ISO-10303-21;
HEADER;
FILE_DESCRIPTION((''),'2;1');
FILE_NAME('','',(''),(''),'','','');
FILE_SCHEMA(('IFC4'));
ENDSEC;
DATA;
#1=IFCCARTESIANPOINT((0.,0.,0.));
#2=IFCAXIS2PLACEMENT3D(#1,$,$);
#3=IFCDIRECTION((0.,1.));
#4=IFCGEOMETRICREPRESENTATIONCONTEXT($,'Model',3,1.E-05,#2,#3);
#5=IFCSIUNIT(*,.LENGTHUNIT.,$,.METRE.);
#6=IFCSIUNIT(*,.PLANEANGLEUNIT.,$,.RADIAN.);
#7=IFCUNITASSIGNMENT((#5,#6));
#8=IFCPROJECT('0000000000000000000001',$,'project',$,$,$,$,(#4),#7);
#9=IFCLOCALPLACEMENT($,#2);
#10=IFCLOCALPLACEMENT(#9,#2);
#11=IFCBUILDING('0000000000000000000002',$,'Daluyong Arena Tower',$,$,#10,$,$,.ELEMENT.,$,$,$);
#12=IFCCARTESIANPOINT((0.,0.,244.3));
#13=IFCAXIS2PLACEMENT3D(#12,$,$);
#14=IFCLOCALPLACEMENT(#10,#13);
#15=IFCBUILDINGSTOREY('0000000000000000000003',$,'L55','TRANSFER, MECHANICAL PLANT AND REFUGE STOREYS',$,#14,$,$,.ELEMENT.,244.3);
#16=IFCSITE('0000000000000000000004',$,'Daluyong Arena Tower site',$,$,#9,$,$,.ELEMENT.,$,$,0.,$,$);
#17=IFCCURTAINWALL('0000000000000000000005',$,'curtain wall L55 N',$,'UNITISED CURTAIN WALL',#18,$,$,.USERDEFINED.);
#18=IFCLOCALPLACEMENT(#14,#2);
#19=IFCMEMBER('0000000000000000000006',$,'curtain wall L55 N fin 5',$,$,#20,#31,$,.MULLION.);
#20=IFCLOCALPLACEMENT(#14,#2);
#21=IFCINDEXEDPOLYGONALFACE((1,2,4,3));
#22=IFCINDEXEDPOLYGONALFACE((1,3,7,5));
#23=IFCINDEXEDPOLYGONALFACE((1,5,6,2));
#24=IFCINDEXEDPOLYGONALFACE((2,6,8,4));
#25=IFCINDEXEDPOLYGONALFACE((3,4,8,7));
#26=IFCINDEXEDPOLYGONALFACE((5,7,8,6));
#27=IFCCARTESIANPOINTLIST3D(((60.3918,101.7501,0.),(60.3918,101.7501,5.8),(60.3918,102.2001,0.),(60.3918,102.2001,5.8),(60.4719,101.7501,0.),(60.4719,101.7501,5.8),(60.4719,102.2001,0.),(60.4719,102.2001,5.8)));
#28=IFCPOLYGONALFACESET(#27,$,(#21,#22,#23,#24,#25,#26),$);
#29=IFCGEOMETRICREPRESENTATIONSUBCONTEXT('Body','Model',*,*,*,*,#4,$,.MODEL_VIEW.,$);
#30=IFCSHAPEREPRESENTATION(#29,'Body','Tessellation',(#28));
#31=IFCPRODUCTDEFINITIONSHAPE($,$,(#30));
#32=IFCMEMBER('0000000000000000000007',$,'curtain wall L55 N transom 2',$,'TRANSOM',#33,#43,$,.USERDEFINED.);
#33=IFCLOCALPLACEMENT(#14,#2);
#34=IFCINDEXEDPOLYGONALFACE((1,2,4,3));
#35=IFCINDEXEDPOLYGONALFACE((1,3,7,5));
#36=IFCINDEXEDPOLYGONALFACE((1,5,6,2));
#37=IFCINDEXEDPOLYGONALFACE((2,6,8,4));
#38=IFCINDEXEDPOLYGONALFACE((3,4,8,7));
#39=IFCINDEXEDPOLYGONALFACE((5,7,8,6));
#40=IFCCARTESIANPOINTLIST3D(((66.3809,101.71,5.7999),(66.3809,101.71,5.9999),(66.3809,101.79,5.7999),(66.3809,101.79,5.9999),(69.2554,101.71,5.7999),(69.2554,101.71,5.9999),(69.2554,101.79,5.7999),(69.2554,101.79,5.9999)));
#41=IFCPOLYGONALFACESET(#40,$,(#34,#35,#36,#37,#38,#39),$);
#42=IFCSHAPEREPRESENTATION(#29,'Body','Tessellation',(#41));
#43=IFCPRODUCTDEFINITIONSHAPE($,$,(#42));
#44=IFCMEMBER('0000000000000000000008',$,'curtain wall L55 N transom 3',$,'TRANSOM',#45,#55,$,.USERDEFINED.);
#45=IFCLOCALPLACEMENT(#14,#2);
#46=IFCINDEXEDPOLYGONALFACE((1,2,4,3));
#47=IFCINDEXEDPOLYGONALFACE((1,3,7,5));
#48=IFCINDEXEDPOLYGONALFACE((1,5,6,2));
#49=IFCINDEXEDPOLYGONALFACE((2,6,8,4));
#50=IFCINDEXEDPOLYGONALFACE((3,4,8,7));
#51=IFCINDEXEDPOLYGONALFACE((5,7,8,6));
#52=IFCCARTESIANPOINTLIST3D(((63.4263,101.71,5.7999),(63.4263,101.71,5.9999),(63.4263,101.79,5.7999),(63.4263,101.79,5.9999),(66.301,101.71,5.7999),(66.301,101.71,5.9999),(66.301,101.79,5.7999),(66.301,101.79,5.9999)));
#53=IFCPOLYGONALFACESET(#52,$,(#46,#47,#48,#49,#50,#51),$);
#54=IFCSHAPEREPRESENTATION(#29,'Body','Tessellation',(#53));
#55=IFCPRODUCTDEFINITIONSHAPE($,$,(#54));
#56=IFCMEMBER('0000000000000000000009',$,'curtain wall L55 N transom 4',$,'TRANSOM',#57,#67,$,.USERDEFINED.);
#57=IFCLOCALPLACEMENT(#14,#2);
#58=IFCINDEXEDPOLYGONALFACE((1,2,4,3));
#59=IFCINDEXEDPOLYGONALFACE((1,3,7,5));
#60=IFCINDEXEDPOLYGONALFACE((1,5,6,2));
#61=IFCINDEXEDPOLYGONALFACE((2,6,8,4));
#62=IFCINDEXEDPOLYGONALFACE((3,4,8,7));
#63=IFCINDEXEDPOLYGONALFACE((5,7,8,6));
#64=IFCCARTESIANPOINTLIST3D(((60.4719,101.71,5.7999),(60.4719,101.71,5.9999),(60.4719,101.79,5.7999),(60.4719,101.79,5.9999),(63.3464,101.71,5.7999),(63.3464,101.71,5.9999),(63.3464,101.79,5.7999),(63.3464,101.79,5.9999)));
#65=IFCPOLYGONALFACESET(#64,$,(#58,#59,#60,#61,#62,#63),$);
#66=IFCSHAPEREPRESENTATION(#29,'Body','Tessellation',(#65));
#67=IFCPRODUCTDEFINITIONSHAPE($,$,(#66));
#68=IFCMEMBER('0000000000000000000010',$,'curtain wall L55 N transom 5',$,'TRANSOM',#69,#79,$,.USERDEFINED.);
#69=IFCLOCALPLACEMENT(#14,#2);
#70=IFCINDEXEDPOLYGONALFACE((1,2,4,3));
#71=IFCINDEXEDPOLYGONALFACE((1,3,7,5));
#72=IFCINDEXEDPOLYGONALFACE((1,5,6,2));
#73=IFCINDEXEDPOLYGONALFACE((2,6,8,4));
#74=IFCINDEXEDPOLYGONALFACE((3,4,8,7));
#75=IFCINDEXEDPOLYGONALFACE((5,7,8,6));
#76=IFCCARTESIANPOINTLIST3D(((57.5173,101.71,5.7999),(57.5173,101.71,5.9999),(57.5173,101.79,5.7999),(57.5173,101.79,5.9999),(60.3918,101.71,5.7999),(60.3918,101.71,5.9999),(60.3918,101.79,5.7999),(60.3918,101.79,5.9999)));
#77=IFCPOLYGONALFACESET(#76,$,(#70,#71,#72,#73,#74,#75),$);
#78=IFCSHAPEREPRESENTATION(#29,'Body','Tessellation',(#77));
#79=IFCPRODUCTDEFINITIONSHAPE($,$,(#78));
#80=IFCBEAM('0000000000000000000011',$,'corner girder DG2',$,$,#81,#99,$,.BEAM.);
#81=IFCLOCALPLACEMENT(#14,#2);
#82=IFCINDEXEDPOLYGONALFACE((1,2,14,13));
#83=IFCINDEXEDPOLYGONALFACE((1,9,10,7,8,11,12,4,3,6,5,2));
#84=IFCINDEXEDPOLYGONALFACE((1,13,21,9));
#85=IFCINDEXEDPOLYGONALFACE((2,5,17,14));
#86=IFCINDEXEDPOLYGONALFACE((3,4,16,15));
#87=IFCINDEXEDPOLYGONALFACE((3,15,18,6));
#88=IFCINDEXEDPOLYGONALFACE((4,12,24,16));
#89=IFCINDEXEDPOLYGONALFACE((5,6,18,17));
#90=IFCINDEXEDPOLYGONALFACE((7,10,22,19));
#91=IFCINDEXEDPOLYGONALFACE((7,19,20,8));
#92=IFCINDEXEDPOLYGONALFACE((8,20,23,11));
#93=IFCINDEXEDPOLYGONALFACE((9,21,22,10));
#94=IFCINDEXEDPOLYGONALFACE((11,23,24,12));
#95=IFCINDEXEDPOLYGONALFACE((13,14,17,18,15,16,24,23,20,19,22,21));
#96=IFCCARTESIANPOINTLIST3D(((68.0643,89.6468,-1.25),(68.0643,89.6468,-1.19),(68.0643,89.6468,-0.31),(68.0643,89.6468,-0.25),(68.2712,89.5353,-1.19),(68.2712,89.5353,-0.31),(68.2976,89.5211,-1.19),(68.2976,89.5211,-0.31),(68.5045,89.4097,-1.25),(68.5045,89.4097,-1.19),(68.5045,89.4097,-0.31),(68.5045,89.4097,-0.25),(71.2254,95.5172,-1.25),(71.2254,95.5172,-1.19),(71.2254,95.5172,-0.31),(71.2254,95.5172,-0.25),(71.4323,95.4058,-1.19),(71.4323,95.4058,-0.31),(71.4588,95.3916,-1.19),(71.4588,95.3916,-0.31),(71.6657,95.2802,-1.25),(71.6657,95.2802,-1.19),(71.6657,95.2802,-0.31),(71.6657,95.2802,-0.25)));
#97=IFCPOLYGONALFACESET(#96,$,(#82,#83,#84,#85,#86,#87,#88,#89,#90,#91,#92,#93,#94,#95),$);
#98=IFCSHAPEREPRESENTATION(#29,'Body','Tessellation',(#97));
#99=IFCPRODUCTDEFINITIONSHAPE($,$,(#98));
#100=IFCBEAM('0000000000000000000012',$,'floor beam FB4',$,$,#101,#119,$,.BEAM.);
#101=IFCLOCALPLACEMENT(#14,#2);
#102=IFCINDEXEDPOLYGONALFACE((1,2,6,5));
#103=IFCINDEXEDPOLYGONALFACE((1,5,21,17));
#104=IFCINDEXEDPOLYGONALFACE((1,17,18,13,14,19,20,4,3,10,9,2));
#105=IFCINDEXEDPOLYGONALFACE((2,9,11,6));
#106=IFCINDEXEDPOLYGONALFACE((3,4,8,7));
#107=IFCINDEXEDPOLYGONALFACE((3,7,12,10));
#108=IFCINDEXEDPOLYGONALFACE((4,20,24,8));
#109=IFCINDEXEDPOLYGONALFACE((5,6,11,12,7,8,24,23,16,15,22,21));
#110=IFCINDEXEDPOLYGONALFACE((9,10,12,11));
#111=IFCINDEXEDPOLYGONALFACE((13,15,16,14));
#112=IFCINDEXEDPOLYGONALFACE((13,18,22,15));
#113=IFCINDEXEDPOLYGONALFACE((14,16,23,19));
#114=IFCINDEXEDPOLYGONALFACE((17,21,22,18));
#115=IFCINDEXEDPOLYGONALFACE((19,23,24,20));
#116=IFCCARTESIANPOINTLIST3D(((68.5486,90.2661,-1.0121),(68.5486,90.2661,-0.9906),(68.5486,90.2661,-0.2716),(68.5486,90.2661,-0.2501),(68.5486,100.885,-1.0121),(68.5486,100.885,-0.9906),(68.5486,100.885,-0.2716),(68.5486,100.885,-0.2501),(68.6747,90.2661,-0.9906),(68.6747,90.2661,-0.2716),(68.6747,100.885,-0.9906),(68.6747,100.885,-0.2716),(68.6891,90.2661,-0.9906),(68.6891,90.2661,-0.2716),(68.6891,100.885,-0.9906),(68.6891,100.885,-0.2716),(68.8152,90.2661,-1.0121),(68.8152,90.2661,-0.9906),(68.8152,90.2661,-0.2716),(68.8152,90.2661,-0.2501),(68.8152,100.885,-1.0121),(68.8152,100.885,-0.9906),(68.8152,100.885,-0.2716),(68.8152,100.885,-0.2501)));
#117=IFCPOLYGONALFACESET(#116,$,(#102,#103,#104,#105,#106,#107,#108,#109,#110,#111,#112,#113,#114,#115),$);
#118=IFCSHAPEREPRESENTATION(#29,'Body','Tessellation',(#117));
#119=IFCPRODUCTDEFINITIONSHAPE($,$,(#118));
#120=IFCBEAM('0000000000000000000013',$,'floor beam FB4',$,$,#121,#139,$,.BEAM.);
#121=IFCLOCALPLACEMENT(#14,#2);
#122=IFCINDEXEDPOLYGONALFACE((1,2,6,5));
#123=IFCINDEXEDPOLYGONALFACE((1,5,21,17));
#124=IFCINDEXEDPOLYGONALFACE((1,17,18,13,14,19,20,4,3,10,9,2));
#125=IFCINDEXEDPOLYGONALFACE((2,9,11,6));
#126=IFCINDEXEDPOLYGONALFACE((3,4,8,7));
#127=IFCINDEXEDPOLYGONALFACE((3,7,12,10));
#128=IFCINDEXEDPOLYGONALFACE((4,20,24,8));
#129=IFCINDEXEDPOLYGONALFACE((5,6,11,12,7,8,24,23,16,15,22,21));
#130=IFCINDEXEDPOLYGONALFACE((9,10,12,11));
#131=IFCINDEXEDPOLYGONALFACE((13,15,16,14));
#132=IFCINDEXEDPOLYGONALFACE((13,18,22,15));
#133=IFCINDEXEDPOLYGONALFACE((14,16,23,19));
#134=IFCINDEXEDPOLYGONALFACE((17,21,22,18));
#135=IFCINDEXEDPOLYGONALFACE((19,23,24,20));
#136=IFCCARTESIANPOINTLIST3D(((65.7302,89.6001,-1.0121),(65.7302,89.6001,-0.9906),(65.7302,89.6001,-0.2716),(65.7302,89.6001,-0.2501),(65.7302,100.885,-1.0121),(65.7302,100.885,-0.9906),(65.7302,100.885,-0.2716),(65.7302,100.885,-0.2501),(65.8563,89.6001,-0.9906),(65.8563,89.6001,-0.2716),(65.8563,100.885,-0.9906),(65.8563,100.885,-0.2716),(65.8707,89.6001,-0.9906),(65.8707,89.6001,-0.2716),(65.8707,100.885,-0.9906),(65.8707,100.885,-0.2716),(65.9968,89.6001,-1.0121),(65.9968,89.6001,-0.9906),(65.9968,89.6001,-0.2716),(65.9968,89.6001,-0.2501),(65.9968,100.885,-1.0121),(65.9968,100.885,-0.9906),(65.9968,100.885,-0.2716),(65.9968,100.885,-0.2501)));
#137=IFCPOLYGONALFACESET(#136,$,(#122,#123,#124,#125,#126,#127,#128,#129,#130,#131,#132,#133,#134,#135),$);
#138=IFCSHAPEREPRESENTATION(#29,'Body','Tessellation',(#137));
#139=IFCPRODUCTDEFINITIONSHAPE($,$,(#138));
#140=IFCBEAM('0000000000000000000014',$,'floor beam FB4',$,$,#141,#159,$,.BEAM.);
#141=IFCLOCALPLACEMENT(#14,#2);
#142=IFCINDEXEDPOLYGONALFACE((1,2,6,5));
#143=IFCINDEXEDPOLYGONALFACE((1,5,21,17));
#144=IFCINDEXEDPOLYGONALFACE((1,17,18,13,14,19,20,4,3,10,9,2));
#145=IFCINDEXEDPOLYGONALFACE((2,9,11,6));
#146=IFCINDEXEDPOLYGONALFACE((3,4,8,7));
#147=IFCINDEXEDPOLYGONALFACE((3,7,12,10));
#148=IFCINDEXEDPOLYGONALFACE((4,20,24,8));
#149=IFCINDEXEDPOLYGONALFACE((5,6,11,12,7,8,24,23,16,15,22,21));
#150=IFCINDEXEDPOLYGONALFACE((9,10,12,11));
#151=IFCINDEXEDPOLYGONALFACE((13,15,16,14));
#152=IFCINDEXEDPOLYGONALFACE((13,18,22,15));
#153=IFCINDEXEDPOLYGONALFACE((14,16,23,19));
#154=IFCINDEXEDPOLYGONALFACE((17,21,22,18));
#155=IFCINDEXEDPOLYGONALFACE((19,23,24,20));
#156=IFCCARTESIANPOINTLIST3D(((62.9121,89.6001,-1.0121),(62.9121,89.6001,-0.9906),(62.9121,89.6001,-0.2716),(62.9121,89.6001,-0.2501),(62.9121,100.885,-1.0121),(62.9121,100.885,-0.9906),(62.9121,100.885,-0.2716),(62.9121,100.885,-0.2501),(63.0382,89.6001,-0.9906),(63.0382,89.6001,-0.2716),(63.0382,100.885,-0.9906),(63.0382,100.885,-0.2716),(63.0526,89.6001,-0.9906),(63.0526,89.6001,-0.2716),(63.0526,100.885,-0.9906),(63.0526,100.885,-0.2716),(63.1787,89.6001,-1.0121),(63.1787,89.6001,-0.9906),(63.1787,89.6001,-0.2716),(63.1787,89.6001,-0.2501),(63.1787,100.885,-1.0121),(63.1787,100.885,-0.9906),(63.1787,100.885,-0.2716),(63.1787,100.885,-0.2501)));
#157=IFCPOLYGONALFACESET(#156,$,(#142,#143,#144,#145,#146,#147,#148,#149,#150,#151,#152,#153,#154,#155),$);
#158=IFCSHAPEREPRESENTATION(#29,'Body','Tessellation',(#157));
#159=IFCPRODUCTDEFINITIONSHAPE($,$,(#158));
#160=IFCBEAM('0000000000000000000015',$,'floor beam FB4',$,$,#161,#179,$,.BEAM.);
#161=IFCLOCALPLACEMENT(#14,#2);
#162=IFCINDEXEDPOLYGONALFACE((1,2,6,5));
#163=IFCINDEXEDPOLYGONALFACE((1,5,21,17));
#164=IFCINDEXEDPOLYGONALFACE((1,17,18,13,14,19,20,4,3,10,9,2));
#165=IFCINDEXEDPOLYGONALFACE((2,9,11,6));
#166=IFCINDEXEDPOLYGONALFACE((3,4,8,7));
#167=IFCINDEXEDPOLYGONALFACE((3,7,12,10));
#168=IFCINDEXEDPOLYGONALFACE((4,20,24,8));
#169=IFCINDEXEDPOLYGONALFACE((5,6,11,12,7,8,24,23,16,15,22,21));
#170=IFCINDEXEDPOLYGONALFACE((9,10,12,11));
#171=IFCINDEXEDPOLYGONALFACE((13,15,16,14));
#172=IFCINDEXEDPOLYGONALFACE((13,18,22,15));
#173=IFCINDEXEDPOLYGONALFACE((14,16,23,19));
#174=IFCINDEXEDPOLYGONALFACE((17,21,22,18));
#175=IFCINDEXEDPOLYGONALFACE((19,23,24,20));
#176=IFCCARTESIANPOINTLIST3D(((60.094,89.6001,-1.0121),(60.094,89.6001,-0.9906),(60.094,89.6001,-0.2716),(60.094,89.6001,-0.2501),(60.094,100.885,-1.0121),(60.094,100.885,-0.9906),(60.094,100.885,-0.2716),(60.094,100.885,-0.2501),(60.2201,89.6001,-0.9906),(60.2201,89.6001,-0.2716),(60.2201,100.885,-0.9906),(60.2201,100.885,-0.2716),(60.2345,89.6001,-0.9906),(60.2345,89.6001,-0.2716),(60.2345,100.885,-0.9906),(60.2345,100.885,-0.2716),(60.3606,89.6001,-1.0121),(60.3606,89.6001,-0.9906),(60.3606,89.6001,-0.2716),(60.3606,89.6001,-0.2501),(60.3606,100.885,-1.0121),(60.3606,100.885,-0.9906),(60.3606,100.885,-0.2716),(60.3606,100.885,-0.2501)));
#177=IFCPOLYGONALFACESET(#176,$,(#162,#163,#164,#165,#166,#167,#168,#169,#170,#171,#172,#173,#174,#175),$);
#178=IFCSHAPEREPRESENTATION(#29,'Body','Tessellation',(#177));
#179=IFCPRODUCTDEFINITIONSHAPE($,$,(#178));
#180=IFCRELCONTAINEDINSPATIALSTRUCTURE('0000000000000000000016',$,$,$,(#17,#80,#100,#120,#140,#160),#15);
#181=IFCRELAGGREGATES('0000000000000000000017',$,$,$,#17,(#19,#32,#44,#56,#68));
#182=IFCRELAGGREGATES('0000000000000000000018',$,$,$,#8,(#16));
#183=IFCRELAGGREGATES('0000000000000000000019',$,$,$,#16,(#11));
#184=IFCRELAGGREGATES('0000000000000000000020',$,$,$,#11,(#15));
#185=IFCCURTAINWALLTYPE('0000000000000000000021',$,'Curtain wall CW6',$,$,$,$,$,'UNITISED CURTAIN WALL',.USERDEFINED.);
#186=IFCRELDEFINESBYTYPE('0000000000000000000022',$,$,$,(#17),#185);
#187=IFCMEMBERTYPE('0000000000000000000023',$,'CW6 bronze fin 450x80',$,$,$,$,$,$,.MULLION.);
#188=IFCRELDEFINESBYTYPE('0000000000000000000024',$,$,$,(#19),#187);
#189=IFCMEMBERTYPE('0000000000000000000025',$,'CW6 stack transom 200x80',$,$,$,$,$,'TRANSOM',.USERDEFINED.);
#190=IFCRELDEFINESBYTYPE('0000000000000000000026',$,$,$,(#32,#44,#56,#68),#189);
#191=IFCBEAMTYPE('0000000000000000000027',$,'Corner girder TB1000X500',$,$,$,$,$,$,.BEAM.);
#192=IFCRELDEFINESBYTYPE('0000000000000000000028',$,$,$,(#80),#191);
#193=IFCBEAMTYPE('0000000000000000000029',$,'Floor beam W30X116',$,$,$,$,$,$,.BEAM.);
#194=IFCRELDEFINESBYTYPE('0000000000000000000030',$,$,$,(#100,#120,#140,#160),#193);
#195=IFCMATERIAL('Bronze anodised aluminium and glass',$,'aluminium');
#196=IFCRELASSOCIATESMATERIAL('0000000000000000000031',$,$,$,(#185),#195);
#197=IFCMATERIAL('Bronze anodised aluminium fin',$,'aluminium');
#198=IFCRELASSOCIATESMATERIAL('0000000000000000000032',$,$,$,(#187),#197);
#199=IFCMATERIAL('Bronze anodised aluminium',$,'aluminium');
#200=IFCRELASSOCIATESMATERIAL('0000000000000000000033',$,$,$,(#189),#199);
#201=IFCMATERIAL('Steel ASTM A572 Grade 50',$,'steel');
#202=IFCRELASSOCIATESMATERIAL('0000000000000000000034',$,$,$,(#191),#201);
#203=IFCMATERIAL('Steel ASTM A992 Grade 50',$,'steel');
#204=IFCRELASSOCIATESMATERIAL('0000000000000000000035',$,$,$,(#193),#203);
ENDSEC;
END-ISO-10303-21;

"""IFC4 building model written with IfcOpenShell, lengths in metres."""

from ifc_helpers import new_model, si_unit, direction, frame, origin, origin_2d, place, context, subcontext, project, spatial, rectangle, i_section, extrude, material, material_profile, profile_set, type_object, element, aggregate, save


model = new_model("IFC4")

# Units and contexts
model_context = context("Model", 3, precision=1e-05, world=origin(), true_north=direction((0.0, 1.0)))
body_context = subcontext(model_context, "Body", "Model", "MODEL_VIEW")
ifc_project = project(units=[si_unit("LENGTHUNIT", "METRE"), si_unit("PLANEANGLEUNIT", "RADIAN")], contexts=[model_context])

# Site, building, storey
site_placement = place(None, origin())
site = spatial("IfcSite", under=ifc_project, at=site_placement, Name="Daluyong Arena Tower site", CompositionType="ELEMENT", RefElevation=0.0)
building_placement = place(site_placement, origin())
building = spatial("IfcBuilding", under=site, at=building_placement, Name="Daluyong Arena Tower", CompositionType="ELEMENT")
storey_placement = place(building_placement, frame((0.0, 0.0, 244.3)))
storey = spatial("IfcBuildingStorey", under=building, at=storey_placement, Name="L55", Description="TRANSFER, MECHANICAL PLANT AND REFUGE STOREYS", CompositionType="ELEMENT", Elevation=244.3)

# Curtain wall, members
ifc_material_1 = material(Name="Bronze anodised aluminium and glass", Category="aluminium")
curtain_wall_type = type_object("IfcCurtainWallType", Name="Curtain wall CW6", ElementType="UNITISED CURTAIN WALL", PredefinedType="USERDEFINED", material=ifc_material_1)
curtain_wall_placement = place(storey_placement, origin())
curtain_wall = element("IfcCurtainWall", 1, at=curtain_wall_placement, inside=storey, type_object=curtain_wall_type, Name="curtain wall L55 N", ObjectType="UNITISED CURTAIN WALL", PredefinedType="USERDEFINED")
ifc_material_2 = material(Name="Bronze anodised aluminium fin", Category="aluminium")
ifc_material_profile_1 = material_profile(ifc_material_2, rectangle(XDim=0.45, YDim=0.0801, at=origin_2d()))
ifc_profile_set_1 = profile_set([ifc_material_profile_1], Name="Bronze anodised aluminium fin")
member_type_1 = type_object("IfcMemberType", Name="CW6 bronze fin 450x80", PredefinedType="MULLION", material=ifc_profile_set_1)
member_1_placement = place(storey_placement, frame((60.4319, 101.9751, 0.0), z_axis=(0.0, 0.0, 1.0), x_axis=(0.0, -1.0, 0.0)))
member_1 = element("IfcMember", 2, at=member_1_placement, type_object=member_type_1, Name="curtain wall L55 N fin 5", PredefinedType="MULLION", context=body_context, shape_type="SweptSolid", body=[
    extrude(rectangle(XDim=0.45, YDim=0.0801, at=origin_2d()), origin(), (0.0, 0.0, 1.0), 5.8),
])
ifc_material_3 = material(Name="Bronze anodised aluminium", Category="aluminium")
ifc_material_profile_2 = material_profile(ifc_material_3, rectangle(XDim=0.0801, YDim=0.2, at=origin_2d()))
ifc_profile_set_2 = profile_set([ifc_material_profile_2], Name="Bronze anodised aluminium")
member_type_2 = type_object("IfcMemberType", Name="CW6 stack transom 200x80", ElementType="TRANSOM", PredefinedType="USERDEFINED", material=ifc_profile_set_2)
member_2_placement = place(storey_placement, frame((69.2554, 101.75, 5.8999), z_axis=(-1.0, 0.0, 0.0), x_axis=(0.0, -1.0, 0.0)))
member_2 = element("IfcMember", 3, at=member_2_placement, type_object=member_type_2, Name="curtain wall L55 N transom 2", ObjectType="TRANSOM", PredefinedType="USERDEFINED", context=body_context, shape_type="SweptSolid", body=[
    extrude(rectangle(XDim=0.0801, YDim=0.2, at=origin_2d()), origin(), (0.0, 0.0, 1.0), 2.8745),
])
member_3_placement = place(storey_placement, frame((66.301, 101.75, 5.8999), z_axis=(-1.0, 0.0, 0.0), x_axis=(0.0, -1.0, 0.0)))
member_3 = element("IfcMember", 4, at=member_3_placement, type_object=member_type_2, Name="curtain wall L55 N transom 3", ObjectType="TRANSOM", PredefinedType="USERDEFINED", context=body_context, shape_type="SweptSolid", body=[
    extrude(rectangle(XDim=0.0801, YDim=0.2, at=origin_2d()), origin(), (0.0, 0.0, 1.0), 2.8748),
])
member_4_placement = place(storey_placement, frame((63.3464, 101.75, 5.8999), z_axis=(-1.0, 0.0, 0.0), x_axis=(0.0, -1.0, 0.0)))
member_4 = element("IfcMember", 5, at=member_4_placement, type_object=member_type_2, Name="curtain wall L55 N transom 4", ObjectType="TRANSOM", PredefinedType="USERDEFINED", context=body_context, shape_type="SweptSolid", body=[
    extrude(rectangle(XDim=0.0801, YDim=0.2, at=origin_2d()), origin(), (0.0, 0.0, 1.0), 2.8745),
])
member_5_placement = place(storey_placement, frame((60.3918, 101.75, 5.8999), z_axis=(-1.0, 0.0, 0.0), x_axis=(0.0, -1.0, 0.0)))
member_5 = element("IfcMember", 6, at=member_5_placement, type_object=member_type_2, Name="curtain wall L55 N transom 5", ObjectType="TRANSOM", PredefinedType="USERDEFINED", context=body_context, shape_type="SweptSolid", body=[
    extrude(rectangle(XDim=0.0801, YDim=0.2, at=origin_2d()), origin(), (0.0, 0.0, 1.0), 2.8745),
])

# Beams
ifc_material_4 = material(Name="Steel ASTM A572 Grade 50", Category="steel")
ifc_material_profile_3 = material_profile(ifc_material_4, i_section(OverallWidth=0.5, OverallDepth=1.0, WebThickness=0.03, FlangeThickness=0.06, at=origin_2d()))
ifc_profile_set_3 = profile_set([ifc_material_profile_3], Name="Steel ASTM A572 Grade 50")
beam_type_1 = type_object("IfcBeamType", Name="Corner girder TB1000X500", PredefinedType="BEAM", material=ifc_profile_set_3)
beam_1_placement = place(storey_placement, frame((71.4456, 95.3987, -0.75), z_axis=(-0.474119, -0.880461, 0.0), x_axis=(0.880461, -0.474119, 0.0)))
element("IfcBeam", 7, at=beam_1_placement, inside=storey, type_object=beam_type_1, Name="corner girder DG2", PredefinedType="BEAM", context=body_context, shape_type="SweptSolid", body=[
    extrude(i_section(OverallWidth=0.5, OverallDepth=1.0, WebThickness=0.03, FlangeThickness=0.06, at=origin_2d()), origin(), (0.0, 0.0, 1.0), 6.6675),
])
ifc_material_5 = material(Name="Steel ASTM A992 Grade 50", Category="steel")
ifc_material_profile_4 = material_profile(ifc_material_5, i_section(OverallWidth=0.2666, OverallDepth=0.762, WebThickness=0.0144, FlangeThickness=0.0215, at=origin_2d()))
ifc_profile_set_4 = profile_set([ifc_material_profile_4], Name="Steel ASTM A992 Grade 50")
beam_type_2 = type_object("IfcBeamType", Name="Floor beam W30X116", PredefinedType="BEAM", material=ifc_profile_set_4)
beam_2_placement = place(storey_placement, frame((68.6819, 100.885, -0.6311), z_axis=(0.0, -1.0, 0.0), x_axis=(1.0, 0.0, 0.0)))
element("IfcBeam", 8, at=beam_2_placement, inside=storey, type_object=beam_type_2, Name="floor beam FB4", PredefinedType="BEAM", context=body_context, shape_type="SweptSolid", body=[
    extrude(i_section(OverallWidth=0.2666, OverallDepth=0.762, WebThickness=0.0144, FlangeThickness=0.0215, at=origin_2d()), origin(), (0.0, 0.0, 1.0), 10.6189),
])
for number, where, z_axis, x_axis, name in (
    (9, (65.8635, 100.885, -0.6311), (0.0, -1.0, 0.0), (1.0, 0.0, 0.0), "floor beam FB4"),
    (10, (63.0454, 100.885, -0.6311), (0.0, -1.0, 0.0), (1.0, 0.0, 0.0), "floor beam FB4"),
    (11, (60.2273, 100.885, -0.6311), (0.0, -1.0, 0.0), (1.0, 0.0, 0.0), "floor beam FB4"),
):
    element("IfcBeam", number, at=place(storey_placement, frame(where, z_axis=z_axis, x_axis=x_axis)), inside=storey, type_object=beam_type_2, Name=name, PredefinedType="BEAM", context=body_context, shape_type="SweptSolid", body=[
        extrude(i_section(OverallWidth=0.2666, OverallDepth=0.762, WebThickness=0.0144, FlangeThickness=0.0215, at=origin_2d()), origin(), (0.0, 0.0, 1.0), 11.2849),
    ])

aggregate(curtain_wall, [member_1, member_2, member_3, member_4, member_5])

save(model, "model.ifc")
